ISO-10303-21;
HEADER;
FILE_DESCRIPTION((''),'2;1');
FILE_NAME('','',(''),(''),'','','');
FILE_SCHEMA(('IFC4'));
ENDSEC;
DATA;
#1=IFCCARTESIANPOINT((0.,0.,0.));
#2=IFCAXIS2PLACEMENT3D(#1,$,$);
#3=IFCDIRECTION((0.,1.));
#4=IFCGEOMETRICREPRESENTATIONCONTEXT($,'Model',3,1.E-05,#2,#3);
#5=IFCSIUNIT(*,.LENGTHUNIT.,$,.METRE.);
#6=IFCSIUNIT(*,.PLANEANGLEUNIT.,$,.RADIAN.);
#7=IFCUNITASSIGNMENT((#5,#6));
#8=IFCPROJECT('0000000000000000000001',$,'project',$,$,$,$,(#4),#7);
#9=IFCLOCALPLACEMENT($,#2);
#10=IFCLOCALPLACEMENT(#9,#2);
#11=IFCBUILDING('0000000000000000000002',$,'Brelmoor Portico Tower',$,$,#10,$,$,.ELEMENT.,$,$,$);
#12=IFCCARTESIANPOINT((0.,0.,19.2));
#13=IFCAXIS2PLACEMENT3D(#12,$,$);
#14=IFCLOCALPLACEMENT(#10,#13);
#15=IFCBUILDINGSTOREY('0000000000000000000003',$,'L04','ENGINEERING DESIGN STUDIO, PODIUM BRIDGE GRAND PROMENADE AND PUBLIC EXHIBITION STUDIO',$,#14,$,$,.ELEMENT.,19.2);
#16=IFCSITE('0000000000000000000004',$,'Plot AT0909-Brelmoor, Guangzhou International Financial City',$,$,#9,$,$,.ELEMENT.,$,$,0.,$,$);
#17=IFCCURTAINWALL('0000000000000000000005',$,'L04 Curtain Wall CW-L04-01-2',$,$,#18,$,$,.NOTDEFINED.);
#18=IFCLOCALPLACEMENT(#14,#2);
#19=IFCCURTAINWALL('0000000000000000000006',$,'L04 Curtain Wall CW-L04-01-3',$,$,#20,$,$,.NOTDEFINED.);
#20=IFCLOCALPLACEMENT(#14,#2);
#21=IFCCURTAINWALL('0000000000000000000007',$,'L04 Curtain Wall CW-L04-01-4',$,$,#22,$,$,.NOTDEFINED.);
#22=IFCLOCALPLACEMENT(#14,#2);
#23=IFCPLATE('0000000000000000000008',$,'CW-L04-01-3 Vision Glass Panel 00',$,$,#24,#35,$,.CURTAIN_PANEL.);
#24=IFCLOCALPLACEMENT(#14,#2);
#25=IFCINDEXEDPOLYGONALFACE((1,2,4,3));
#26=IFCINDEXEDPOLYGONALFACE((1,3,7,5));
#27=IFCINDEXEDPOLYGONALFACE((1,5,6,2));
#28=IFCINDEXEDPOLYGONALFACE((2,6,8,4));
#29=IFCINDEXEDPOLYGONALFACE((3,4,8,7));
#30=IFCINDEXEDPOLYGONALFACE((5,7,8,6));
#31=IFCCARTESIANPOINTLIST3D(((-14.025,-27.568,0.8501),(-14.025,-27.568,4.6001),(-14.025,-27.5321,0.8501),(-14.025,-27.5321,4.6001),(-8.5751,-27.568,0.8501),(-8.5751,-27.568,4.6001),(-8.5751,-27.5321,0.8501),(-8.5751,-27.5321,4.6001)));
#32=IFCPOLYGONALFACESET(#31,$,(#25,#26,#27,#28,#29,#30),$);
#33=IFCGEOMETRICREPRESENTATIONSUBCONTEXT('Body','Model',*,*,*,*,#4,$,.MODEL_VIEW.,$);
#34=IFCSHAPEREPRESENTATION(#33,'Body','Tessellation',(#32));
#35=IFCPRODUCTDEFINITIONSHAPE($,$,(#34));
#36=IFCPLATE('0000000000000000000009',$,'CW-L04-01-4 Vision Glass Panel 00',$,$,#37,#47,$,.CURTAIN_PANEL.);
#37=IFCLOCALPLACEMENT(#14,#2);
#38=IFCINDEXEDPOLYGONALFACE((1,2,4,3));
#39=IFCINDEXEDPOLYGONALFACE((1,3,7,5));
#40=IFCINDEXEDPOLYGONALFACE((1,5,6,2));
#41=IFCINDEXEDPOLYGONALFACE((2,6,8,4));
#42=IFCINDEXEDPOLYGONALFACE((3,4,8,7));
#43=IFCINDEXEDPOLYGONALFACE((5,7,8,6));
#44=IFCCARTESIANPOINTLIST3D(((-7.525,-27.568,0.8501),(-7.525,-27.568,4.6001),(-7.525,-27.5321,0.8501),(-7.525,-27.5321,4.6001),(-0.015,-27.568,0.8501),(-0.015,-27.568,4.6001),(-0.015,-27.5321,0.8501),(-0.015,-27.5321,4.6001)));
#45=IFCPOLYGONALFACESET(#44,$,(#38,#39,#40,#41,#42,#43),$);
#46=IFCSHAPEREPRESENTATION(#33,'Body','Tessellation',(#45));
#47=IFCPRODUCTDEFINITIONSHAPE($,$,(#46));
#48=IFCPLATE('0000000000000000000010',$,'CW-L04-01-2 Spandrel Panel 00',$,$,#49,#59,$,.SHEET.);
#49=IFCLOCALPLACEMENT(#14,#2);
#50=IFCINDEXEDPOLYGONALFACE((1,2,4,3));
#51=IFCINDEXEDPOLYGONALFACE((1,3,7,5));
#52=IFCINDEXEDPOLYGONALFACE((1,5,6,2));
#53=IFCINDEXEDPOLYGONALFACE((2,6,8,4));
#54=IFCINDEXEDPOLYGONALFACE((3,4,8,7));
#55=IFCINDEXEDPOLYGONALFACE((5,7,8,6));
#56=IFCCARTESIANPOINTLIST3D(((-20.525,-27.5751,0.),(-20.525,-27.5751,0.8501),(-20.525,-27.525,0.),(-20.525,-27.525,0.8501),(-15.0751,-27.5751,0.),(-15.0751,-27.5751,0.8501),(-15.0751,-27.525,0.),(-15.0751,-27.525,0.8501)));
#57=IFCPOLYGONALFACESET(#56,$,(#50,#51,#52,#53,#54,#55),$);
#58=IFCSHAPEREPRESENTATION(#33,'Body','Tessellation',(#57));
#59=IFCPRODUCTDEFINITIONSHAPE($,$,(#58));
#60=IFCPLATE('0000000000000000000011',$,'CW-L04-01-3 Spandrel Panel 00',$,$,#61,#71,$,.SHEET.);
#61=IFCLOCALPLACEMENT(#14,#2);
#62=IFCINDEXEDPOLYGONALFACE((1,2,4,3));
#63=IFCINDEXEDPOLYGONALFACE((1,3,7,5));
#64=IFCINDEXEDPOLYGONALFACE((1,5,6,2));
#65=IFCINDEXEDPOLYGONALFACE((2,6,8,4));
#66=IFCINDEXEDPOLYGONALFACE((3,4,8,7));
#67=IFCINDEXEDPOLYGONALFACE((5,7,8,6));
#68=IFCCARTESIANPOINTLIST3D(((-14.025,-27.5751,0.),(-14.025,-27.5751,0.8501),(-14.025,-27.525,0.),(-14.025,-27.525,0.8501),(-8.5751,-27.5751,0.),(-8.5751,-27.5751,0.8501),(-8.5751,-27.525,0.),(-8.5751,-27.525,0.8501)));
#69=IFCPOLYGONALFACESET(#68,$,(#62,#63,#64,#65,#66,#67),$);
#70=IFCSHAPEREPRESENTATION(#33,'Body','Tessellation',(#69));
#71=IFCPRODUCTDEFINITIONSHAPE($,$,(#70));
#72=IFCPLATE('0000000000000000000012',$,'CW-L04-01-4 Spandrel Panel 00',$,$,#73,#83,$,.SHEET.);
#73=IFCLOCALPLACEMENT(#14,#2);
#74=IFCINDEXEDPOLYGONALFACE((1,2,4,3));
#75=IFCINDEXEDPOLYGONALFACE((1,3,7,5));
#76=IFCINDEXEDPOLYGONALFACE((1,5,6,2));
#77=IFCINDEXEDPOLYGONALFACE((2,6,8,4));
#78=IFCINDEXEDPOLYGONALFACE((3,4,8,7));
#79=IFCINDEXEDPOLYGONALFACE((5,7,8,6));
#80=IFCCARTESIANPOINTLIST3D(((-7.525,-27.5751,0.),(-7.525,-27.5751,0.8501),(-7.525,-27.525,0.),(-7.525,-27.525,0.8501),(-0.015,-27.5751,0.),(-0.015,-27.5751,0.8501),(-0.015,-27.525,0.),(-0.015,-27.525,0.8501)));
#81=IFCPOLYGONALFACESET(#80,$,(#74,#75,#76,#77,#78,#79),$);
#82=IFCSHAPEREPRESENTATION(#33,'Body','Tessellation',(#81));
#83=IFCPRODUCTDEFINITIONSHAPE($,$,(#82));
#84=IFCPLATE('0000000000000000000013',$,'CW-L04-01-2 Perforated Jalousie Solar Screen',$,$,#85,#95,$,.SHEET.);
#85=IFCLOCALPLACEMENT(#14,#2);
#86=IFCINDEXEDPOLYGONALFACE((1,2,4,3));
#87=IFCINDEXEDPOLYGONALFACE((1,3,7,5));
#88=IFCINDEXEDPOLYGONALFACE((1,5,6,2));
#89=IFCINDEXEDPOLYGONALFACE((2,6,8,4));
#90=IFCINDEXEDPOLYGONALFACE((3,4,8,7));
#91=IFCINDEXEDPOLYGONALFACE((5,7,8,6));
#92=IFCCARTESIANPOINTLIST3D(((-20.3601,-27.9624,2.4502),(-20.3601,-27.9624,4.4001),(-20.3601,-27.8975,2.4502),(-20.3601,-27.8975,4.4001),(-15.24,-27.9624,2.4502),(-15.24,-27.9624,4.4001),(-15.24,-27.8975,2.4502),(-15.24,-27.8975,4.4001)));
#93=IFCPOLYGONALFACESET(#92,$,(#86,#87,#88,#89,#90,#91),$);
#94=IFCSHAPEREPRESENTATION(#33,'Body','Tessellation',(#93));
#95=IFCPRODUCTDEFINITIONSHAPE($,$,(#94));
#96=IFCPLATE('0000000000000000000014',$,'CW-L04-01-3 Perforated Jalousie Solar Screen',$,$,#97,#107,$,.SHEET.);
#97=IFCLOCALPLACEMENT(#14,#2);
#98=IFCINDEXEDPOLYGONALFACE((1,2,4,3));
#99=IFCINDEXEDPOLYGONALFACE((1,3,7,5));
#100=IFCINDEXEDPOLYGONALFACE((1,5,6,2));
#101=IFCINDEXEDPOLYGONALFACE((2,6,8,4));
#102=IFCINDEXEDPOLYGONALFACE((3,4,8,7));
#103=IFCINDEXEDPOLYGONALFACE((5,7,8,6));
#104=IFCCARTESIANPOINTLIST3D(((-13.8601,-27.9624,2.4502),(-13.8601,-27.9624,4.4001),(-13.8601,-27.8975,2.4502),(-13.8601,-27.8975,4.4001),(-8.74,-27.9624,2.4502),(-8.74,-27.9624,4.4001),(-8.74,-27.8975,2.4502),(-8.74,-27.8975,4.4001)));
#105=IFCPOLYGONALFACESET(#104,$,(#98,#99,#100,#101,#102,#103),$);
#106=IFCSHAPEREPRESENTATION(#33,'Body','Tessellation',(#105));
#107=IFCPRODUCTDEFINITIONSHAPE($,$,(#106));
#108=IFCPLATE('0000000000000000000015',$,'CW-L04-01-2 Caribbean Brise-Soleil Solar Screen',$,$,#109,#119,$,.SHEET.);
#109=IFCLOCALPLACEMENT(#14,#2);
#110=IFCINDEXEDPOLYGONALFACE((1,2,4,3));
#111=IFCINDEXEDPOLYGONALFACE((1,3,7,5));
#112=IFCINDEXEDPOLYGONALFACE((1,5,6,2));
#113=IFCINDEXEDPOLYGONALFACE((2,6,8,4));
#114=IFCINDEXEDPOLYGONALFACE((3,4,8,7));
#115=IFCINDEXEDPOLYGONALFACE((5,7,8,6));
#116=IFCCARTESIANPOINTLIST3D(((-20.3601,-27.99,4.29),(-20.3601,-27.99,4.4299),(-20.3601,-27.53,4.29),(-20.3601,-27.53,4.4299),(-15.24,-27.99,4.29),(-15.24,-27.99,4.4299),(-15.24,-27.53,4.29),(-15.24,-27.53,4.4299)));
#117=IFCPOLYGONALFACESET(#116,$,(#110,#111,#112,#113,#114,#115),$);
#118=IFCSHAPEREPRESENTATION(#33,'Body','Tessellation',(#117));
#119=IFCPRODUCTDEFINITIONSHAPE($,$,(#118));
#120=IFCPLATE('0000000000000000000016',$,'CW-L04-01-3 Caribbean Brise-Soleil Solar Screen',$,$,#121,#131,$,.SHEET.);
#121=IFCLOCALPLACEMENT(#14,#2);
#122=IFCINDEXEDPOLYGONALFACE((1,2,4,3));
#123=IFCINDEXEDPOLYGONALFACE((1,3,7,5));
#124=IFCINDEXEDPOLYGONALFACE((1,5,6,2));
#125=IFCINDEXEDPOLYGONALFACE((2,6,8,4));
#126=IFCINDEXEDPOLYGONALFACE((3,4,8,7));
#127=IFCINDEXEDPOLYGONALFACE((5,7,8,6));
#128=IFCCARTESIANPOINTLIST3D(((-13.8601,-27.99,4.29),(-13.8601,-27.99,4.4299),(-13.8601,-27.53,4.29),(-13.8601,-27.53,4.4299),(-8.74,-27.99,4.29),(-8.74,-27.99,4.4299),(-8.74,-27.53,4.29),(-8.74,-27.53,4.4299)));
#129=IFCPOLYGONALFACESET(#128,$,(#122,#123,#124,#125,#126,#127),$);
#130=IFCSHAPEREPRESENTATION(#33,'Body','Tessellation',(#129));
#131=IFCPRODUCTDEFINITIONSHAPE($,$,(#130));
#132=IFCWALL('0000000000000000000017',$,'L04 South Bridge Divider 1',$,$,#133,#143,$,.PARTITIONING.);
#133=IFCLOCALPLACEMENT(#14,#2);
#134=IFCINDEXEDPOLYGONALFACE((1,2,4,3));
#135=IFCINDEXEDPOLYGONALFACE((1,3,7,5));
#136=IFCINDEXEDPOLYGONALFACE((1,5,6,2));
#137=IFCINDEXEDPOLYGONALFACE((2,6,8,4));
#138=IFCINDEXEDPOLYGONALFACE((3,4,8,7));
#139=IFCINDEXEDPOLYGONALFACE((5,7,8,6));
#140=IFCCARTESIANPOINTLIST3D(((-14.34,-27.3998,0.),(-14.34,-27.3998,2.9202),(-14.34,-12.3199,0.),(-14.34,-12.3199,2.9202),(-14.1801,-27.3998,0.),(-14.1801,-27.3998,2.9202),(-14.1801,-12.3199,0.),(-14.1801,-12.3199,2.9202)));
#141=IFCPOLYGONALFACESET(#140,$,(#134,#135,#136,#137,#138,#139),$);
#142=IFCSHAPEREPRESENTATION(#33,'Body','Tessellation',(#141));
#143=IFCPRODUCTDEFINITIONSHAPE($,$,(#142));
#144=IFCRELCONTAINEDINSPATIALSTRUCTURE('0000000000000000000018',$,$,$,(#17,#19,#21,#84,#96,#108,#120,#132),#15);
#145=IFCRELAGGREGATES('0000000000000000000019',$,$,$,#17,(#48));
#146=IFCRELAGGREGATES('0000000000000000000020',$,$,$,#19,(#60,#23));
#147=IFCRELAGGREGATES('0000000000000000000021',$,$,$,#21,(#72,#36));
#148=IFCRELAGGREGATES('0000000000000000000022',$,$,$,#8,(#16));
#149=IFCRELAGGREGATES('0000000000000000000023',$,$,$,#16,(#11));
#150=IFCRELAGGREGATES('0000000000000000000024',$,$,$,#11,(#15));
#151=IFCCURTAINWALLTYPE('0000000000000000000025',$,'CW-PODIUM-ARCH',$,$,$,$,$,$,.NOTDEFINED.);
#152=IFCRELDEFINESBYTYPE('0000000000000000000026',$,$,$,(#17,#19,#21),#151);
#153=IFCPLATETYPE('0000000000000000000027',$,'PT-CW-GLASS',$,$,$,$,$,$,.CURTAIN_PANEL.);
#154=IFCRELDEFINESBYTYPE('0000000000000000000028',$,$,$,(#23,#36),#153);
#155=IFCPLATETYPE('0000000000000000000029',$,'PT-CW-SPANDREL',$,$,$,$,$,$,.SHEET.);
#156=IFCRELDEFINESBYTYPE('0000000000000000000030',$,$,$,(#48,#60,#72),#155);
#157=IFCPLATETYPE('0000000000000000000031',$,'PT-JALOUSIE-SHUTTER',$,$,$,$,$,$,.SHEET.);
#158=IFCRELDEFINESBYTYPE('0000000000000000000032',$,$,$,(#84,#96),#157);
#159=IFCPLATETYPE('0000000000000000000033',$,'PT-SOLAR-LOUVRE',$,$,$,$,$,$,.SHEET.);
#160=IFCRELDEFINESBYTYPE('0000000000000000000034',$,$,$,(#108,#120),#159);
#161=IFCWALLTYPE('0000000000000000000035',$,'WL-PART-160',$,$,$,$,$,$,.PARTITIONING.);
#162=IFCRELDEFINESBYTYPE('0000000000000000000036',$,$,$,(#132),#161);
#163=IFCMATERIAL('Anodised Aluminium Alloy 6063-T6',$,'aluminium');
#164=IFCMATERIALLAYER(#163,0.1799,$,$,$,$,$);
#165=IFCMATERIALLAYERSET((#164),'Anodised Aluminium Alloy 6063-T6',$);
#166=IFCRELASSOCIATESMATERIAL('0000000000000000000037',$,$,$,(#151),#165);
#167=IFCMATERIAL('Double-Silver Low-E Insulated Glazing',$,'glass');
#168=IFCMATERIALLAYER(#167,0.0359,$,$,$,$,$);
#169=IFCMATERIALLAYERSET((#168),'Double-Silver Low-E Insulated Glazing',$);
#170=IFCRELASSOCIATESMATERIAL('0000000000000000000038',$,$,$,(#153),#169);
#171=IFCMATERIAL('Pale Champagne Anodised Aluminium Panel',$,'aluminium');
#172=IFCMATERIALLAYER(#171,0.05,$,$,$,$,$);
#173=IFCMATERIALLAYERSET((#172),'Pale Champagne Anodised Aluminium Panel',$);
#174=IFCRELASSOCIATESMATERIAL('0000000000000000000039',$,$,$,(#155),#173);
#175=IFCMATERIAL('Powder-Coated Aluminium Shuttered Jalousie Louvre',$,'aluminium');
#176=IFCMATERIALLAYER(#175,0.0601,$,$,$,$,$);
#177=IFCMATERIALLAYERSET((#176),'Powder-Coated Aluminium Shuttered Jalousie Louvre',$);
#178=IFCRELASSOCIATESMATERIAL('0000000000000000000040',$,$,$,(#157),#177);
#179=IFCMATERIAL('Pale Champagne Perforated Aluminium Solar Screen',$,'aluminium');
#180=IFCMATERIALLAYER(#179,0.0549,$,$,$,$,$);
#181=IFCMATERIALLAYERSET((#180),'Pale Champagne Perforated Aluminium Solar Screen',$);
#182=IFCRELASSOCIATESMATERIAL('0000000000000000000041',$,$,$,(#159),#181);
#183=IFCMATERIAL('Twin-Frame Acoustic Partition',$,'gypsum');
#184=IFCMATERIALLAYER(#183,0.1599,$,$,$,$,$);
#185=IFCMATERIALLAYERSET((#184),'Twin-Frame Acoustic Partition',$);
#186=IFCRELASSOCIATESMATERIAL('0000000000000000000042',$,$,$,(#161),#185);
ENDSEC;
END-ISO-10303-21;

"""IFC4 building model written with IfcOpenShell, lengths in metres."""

from ifc_helpers import new_model, si_unit, direction, frame, frame_2d, origin, origin_2d, place, context, subcontext, project, spatial, rectangle, extrude, material, layer, layer_set, type_object, element, aggregate, save


model = new_model("IFC4")

# Units and contexts
model_context = context("Model", 3, precision=1e-05, world=origin(), true_north=direction((0.0, 1.0)))
body_context = subcontext(model_context, "Body", "Model", "MODEL_VIEW")
ifc_project = project(units=[si_unit("LENGTHUNIT", "METRE"), si_unit("PLANEANGLEUNIT", "RADIAN")], contexts=[model_context])

# Site, building, storey
site_placement = place(None, origin())
site = spatial("IfcSite", under=ifc_project, at=site_placement, Name="Plot AT0909-Brelmoor, Guangzhou International Financial City", CompositionType="ELEMENT", RefElevation=0.0)
building_placement = place(site_placement, origin())
building = spatial("IfcBuilding", under=site, at=building_placement, Name="Brelmoor Portico Tower", CompositionType="ELEMENT")
storey_placement = place(building_placement, frame((0.0, 0.0, 19.2)))
storey = spatial("IfcBuildingStorey", under=building, at=storey_placement, Name="L04", Description="ENGINEERING DESIGN STUDIO, PODIUM BRIDGE GRAND PROMENADE AND PUBLIC EXHIBITION STUDIO", CompositionType="ELEMENT", Elevation=19.2)

# Curtain walls
ifc_material_1 = material(Name="Anodised Aluminium Alloy 6063-T6", Category="aluminium")
ifc_layer_1 = layer(ifc_material_1, 0.1799)
ifc_layer_set_1 = layer_set([ifc_layer_1], Name="Anodised Aluminium Alloy 6063-T6")
curtain_wall_type = type_object("IfcCurtainWallType", Name="CW-PODIUM-ARCH", PredefinedType="NOTDEFINED", material=ifc_layer_set_1)
curtain_wall_1_placement = place(storey_placement, origin())
curtain_wall_1 = element("IfcCurtainWall", 1, at=curtain_wall_1_placement, inside=storey, type_object=curtain_wall_type, Name="L04 Curtain Wall CW-L04-01-2", PredefinedType="NOTDEFINED")
curtain_wall_2_placement = place(storey_placement, origin())
curtain_wall_2 = element("IfcCurtainWall", 2, at=curtain_wall_2_placement, inside=storey, type_object=curtain_wall_type, Name="L04 Curtain Wall CW-L04-01-3", PredefinedType="NOTDEFINED")

# Curtain wall
curtain_wall_3_placement = place(storey_placement, origin())
curtain_wall_3 = element("IfcCurtainWall", 3, at=curtain_wall_3_placement, inside=storey, type_object=curtain_wall_type, Name="L04 Curtain Wall CW-L04-01-4", PredefinedType="NOTDEFINED")

# Plates
ifc_material_2 = material(Name="Double-Silver Low-E Insulated Glazing", Category="glass")
ifc_layer_2 = layer(ifc_material_2, 0.0359)
ifc_layer_set_2 = layer_set([ifc_layer_2], Name="Double-Silver Low-E Insulated Glazing")
plate_type_1 = type_object("IfcPlateType", Name="PT-CW-GLASS", PredefinedType="CURTAIN_PANEL", material=ifc_layer_set_2)
plate_1_placement = place(storey_placement, frame((-11.3, -27.55, 0.8501), z_axis=(0.0, 0.0, 1.0), x_axis=(1.0, 0.0, 0.0)))
plate_1 = element("IfcPlate", 4, at=plate_1_placement, type_object=plate_type_1, Name="CW-L04-01-3 Vision Glass Panel 00", PredefinedType="CURTAIN_PANEL", context=body_context, shape_type="SweptSolid", body=[
    extrude(rectangle(XDim=5.45, YDim=0.0359, at=origin_2d()), origin(), (0.0, 0.0, 1.0), 3.75),
])
plate_2_placement = place(storey_placement, frame((-3.77, -27.55, 0.8501), z_axis=(0.0, 0.0, 1.0), x_axis=(1.0, 0.0, 0.0)))
plate_2 = element("IfcPlate", 5, at=plate_2_placement, type_object=plate_type_1, Name="CW-L04-01-4 Vision Glass Panel 00", PredefinedType="CURTAIN_PANEL", context=body_context, shape_type="SweptSolid", body=[
    extrude(rectangle(XDim=7.51, YDim=0.0359, at=origin_2d()), origin(), (0.0, 0.0, 1.0), 3.75),
])
ifc_material_3 = material(Name="Pale Champagne Anodised Aluminium Panel", Category="aluminium")
ifc_layer_3 = layer(ifc_material_3, 0.05)
ifc_layer_set_3 = layer_set([ifc_layer_3], Name="Pale Champagne Anodised Aluminium Panel")
plate_type_2 = type_object("IfcPlateType", Name="PT-CW-SPANDREL", PredefinedType="SHEET", material=ifc_layer_set_3)
plate_3_placement = place(storey_placement, frame((-17.8, -27.55, 0.0), z_axis=(0.0, 0.0, 1.0), x_axis=(1.0, 0.0, 0.0)))
plate_3 = element("IfcPlate", 6, at=plate_3_placement, type_object=plate_type_2, Name="CW-L04-01-2 Spandrel Panel 00", PredefinedType="SHEET", context=body_context, shape_type="SweptSolid", body=[
    extrude(rectangle(XDim=5.45, YDim=0.05, at=origin_2d()), origin(), (0.0, 0.0, 1.0), 0.8501),
])
aggregate(curtain_wall_1, [plate_3])
plate_4_placement = place(storey_placement, frame((-11.3, -27.55, 0.0), z_axis=(0.0, 0.0, 1.0), x_axis=(1.0, 0.0, 0.0)))
plate_4 = element("IfcPlate", 7, at=plate_4_placement, type_object=plate_type_2, Name="CW-L04-01-3 Spandrel Panel 00", PredefinedType="SHEET", context=body_context, shape_type="SweptSolid", body=[
    extrude(rectangle(XDim=5.45, YDim=0.05, at=origin_2d()), origin(), (0.0, 0.0, 1.0), 0.8501),
])
aggregate(curtain_wall_2, [plate_4, plate_1])
plate_5_placement = place(storey_placement, frame((-3.77, -27.55, 0.0), z_axis=(0.0, 0.0, 1.0), x_axis=(1.0, 0.0, 0.0)))
plate_5 = element("IfcPlate", 8, at=plate_5_placement, type_object=plate_type_2, Name="CW-L04-01-4 Spandrel Panel 00", PredefinedType="SHEET", context=body_context, shape_type="SweptSolid", body=[
    extrude(rectangle(XDim=7.51, YDim=0.05, at=origin_2d()), origin(), (0.0, 0.0, 1.0), 0.8501),
])
aggregate(curtain_wall_3, [plate_5, plate_2])

# Plates
ifc_material_4 = material(Name="Powder-Coated Aluminium Shuttered Jalousie Louvre", Category="aluminium")
ifc_layer_4 = layer(ifc_material_4, 0.0601)
ifc_layer_set_4 = layer_set([ifc_layer_4], Name="Powder-Coated Aluminium Shuttered Jalousie Louvre")
plate_type_3 = type_object("IfcPlateType", Name="PT-JALOUSIE-SHUTTER", PredefinedType="SHEET", material=ifc_layer_set_4)
for number, where, z_axis, x_axis, name in (
    (9, (-17.8, -27.9299, 2.4502), (0.0, 0.0, 1.0), (1.0, 0.0, 0.0), "CW-L04-01-2 Perforated Jalousie Solar Screen"),
    (10, (-11.3, -27.9299, 2.4502), (0.0, 0.0, 1.0), (1.0, 0.0, 0.0), "CW-L04-01-3 Perforated Jalousie Solar Screen"),
):
    element("IfcPlate", number, at=place(storey_placement, frame(where, z_axis=z_axis, x_axis=x_axis)), inside=storey, type_object=plate_type_3, Name=name, PredefinedType="SHEET", context=body_context, shape_type="SweptSolid", body=[
        extrude(rectangle(XDim=5.1201, YDim=0.0649, at=origin_2d()), origin(), (0.0, 0.0, 1.0), 1.95),
    ])
ifc_material_5 = material(Name="Pale Champagne Perforated Aluminium Solar Screen", Category="aluminium")
ifc_layer_5 = layer(ifc_material_5, 0.0549)
ifc_layer_set_5 = layer_set([ifc_layer_5], Name="Pale Champagne Perforated Aluminium Solar Screen")
plate_type_4 = type_object("IfcPlateType", Name="PT-SOLAR-LOUVRE", PredefinedType="SHEET", material=ifc_layer_set_5)
for number, where, z_axis, x_axis, name in (
    (11, (-17.8, -27.76, 4.29), (0.0, 0.0, 1.0), (1.0, 0.0, 0.0), "CW-L04-01-2 Caribbean Brise-Soleil Solar Screen"),
    (12, (-11.3, -27.76, 4.29), (0.0, 0.0, 1.0), (1.0, 0.0, 0.0), "CW-L04-01-3 Caribbean Brise-Soleil Solar Screen"),
):
    element("IfcPlate", number, at=place(storey_placement, frame(where, z_axis=z_axis, x_axis=x_axis)), inside=storey, type_object=plate_type_4, Name=name, PredefinedType="SHEET", context=body_context, shape_type="SweptSolid", body=[
        extrude(rectangle(XDim=5.1201, YDim=0.46, at=origin_2d()), origin(), (0.0, 0.0, 1.0), 0.1399),
    ])

# Wall
ifc_material_6 = material(Name="Twin-Frame Acoustic Partition", Category="gypsum")
ifc_layer_6 = layer(ifc_material_6, 0.1599)
ifc_layer_set_6 = layer_set([ifc_layer_6], Name="Twin-Frame Acoustic Partition")
wall_type = type_object("IfcWallType", Name="WL-PART-160", PredefinedType="PARTITIONING", material=ifc_layer_set_6)
wall_placement = place(storey_placement, frame((-14.26, -27.3999, 0.0), z_axis=(0.0, 0.0, 1.0), x_axis=(0.0, 1.0, 0.0)))
element("IfcWall", 13, at=wall_placement, inside=storey, type_object=wall_type, Name="L04 South Bridge Divider 1", PredefinedType="PARTITIONING", context=body_context, shape_type="SweptSolid", body=[
    extrude(rectangle(XDim=15.0798, YDim=0.1599, at=frame_2d((7.54, 0.0))), origin(), (0.0, 0.0, 1.0), 2.9202),
])

save(model, "model.ifc")
